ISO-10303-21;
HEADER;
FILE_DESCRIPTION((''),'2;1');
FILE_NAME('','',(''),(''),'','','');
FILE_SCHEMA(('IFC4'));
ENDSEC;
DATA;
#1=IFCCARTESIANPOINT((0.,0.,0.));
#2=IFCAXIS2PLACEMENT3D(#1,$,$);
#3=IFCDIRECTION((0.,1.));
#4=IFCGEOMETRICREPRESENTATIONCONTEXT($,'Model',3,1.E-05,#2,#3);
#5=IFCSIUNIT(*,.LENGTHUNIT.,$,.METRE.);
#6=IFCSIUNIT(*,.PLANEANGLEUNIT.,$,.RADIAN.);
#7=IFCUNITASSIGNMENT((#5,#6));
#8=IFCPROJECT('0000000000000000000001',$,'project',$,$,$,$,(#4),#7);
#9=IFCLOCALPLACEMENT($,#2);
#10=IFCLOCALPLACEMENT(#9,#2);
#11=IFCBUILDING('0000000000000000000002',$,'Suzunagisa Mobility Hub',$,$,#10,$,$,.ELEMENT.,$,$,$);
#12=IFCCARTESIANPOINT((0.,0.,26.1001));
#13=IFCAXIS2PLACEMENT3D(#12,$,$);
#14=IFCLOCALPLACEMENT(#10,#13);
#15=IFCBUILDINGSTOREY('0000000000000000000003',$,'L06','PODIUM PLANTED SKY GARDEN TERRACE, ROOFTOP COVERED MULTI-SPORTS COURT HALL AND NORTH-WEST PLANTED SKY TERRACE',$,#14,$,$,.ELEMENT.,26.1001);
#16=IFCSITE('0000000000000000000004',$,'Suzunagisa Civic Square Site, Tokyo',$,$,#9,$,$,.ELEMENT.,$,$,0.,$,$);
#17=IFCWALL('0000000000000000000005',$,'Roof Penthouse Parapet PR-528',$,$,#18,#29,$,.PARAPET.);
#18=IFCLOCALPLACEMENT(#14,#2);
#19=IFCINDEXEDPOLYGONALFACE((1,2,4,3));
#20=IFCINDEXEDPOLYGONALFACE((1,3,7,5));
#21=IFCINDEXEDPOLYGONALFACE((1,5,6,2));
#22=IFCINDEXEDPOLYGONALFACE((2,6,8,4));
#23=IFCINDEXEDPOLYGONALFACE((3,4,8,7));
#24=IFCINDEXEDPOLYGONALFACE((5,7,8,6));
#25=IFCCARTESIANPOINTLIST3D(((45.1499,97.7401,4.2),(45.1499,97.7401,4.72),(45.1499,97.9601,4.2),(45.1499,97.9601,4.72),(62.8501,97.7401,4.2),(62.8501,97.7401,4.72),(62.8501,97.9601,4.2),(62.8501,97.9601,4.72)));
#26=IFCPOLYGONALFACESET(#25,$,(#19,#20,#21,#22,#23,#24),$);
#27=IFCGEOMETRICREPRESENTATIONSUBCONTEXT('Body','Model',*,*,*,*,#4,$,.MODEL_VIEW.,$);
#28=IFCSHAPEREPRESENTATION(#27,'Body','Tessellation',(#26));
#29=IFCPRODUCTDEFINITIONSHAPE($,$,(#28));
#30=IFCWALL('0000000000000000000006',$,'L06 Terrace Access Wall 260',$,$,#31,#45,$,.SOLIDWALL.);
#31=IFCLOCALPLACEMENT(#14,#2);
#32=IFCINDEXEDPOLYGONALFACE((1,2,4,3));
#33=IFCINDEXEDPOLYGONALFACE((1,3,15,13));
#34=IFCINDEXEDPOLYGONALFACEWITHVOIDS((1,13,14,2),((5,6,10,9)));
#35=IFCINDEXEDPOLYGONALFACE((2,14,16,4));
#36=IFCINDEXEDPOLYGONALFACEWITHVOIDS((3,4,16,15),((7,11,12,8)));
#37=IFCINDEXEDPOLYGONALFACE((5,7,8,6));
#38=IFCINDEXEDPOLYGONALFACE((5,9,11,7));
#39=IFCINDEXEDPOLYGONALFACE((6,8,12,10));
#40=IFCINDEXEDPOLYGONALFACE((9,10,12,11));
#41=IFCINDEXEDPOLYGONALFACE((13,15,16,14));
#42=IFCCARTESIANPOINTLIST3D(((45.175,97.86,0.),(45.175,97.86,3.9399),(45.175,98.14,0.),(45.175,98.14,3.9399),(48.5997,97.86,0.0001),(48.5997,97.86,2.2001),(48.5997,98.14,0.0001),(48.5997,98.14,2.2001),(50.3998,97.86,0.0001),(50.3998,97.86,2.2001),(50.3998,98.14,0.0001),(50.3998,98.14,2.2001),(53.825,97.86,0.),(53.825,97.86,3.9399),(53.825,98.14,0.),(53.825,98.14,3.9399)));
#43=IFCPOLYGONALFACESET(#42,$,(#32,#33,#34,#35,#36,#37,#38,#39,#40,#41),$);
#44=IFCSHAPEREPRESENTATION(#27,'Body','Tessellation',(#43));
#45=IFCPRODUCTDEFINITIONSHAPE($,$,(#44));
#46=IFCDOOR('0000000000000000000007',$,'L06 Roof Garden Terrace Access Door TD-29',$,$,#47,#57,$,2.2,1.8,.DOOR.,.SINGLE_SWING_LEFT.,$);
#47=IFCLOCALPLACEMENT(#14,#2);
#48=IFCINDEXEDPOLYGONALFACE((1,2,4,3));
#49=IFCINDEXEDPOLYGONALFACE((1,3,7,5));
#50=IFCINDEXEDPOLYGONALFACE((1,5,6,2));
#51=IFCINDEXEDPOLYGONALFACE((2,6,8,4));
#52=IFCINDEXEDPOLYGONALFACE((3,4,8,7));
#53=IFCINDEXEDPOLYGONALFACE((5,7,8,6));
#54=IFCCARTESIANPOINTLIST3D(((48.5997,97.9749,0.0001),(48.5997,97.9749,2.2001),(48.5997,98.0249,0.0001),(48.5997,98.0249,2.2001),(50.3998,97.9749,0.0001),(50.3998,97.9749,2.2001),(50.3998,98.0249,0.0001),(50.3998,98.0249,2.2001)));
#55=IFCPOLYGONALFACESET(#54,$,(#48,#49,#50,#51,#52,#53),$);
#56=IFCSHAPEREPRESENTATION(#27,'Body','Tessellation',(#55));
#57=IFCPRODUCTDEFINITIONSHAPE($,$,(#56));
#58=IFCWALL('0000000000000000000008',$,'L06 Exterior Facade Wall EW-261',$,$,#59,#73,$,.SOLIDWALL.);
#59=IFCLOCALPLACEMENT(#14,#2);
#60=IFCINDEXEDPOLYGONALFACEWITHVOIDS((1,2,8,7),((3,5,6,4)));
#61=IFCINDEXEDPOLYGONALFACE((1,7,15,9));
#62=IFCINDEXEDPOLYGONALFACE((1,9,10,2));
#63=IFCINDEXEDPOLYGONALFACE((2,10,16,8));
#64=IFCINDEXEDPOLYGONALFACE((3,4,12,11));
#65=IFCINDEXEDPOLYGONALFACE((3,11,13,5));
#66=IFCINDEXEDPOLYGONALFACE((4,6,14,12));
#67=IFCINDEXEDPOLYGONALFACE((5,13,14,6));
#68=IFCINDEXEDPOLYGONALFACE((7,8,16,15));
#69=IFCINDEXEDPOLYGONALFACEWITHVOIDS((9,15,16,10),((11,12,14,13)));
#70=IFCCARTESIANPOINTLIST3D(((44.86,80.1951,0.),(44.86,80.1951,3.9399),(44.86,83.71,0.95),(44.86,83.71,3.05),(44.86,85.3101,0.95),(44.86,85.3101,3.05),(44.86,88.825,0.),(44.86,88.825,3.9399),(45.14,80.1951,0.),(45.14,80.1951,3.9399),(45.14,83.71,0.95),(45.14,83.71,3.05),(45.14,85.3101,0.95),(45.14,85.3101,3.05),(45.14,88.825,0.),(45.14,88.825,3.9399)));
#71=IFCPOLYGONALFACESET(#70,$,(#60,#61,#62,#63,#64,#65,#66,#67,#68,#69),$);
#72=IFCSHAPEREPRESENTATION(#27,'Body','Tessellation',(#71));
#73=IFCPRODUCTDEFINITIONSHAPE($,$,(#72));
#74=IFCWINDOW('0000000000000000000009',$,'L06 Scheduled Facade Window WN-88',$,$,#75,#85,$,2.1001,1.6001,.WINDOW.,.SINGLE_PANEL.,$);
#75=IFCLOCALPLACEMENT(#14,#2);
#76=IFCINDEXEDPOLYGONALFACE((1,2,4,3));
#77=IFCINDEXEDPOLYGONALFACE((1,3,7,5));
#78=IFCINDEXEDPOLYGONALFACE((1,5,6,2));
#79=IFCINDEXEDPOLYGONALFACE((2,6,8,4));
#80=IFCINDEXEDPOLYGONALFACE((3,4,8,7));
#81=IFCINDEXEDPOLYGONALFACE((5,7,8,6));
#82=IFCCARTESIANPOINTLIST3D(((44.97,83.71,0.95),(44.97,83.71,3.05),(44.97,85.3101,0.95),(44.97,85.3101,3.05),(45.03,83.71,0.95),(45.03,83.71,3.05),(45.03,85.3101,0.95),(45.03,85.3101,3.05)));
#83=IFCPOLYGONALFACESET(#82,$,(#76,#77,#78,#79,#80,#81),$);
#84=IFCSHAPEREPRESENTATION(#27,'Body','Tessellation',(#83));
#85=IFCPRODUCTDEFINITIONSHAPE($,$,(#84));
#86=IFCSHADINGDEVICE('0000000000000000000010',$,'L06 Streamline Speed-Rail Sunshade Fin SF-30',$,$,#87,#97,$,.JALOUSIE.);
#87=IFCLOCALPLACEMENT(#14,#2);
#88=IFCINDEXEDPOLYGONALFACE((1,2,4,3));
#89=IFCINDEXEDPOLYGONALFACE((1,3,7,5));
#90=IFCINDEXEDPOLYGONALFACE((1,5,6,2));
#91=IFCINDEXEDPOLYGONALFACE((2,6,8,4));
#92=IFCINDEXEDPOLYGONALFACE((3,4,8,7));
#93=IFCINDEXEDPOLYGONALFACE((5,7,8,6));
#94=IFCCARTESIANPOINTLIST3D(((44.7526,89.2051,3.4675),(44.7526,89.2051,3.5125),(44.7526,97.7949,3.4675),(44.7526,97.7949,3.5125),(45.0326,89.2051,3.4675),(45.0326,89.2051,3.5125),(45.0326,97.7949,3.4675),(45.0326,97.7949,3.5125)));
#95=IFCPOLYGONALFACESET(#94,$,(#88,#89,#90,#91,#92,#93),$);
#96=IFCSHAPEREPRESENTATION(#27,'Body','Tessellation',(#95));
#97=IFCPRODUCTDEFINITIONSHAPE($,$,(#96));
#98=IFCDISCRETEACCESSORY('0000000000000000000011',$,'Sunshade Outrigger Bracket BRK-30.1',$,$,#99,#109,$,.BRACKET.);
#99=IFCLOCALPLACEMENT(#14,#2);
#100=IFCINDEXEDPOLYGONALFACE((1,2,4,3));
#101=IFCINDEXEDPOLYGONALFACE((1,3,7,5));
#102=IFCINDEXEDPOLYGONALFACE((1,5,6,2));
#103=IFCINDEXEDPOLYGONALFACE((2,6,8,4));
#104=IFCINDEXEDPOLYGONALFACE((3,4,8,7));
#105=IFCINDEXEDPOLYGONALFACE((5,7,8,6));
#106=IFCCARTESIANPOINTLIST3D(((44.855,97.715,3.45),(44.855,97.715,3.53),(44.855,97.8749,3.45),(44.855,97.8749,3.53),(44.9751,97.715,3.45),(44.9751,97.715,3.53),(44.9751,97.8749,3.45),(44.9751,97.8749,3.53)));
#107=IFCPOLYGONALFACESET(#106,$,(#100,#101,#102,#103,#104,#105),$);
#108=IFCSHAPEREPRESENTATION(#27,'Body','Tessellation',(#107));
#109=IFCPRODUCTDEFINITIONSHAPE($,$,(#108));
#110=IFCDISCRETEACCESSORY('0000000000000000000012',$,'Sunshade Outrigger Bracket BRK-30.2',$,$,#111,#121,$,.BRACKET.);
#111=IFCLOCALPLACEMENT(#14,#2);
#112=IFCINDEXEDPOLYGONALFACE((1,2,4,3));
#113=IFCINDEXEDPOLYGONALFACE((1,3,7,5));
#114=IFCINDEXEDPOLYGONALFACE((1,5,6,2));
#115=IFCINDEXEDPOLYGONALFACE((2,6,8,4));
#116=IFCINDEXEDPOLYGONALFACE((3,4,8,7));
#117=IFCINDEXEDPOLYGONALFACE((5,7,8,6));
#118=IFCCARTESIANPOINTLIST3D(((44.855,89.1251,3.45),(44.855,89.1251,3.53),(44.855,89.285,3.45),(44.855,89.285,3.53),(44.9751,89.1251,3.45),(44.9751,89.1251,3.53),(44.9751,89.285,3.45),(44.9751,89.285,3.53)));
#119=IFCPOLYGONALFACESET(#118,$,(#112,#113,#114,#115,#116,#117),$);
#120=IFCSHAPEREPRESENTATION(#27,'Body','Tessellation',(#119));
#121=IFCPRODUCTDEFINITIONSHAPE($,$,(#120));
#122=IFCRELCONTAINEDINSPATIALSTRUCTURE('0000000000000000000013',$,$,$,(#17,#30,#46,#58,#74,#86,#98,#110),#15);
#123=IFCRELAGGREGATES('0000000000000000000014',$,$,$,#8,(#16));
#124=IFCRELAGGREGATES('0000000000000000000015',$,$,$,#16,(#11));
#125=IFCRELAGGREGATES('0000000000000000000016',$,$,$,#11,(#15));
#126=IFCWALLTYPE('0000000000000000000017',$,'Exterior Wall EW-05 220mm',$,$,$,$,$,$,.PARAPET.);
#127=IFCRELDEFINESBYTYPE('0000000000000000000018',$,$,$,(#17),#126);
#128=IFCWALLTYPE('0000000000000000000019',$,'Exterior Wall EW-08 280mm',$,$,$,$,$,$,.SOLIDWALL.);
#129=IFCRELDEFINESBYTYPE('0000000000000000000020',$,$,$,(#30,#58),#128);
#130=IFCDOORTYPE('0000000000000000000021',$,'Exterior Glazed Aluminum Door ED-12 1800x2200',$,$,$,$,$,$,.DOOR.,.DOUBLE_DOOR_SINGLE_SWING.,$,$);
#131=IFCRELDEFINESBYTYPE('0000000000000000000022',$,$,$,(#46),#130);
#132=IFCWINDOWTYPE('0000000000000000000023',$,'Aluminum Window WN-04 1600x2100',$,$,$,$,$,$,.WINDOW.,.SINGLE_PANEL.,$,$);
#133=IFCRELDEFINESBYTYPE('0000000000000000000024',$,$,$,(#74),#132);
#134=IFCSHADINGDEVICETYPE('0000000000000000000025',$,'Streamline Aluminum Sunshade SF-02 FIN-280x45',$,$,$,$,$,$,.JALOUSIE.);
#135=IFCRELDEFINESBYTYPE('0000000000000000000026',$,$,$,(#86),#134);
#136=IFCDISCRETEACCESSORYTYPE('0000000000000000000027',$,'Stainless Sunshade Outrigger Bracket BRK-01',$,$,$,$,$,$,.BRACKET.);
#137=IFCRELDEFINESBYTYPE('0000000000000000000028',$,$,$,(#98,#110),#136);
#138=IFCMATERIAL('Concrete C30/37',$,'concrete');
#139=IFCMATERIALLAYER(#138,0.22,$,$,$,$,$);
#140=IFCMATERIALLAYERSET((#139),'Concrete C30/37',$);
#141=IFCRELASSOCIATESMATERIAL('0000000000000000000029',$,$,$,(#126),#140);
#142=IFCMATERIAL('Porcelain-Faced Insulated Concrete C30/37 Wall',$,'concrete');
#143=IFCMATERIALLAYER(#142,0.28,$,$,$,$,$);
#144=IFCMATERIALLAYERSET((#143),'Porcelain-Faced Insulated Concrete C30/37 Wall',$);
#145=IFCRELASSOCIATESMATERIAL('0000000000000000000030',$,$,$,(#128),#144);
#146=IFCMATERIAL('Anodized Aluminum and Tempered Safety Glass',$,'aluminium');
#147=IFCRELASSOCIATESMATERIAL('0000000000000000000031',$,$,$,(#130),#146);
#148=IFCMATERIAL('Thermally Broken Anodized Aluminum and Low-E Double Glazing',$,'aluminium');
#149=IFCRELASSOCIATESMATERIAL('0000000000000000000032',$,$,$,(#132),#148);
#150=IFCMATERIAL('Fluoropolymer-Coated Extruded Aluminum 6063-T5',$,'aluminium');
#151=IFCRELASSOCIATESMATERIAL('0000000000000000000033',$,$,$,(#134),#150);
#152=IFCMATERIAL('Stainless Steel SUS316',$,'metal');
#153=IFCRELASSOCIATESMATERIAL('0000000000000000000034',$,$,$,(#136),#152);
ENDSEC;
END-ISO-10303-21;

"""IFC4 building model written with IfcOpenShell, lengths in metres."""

from ifc_helpers import new_model, si_unit, direction, frame, frame_2d, origin, origin_2d, place, context, subcontext, project, spatial, rectangle, extrude, material, layer, layer_set, material_profile, profile_set, type_object, element, fill, save


model = new_model("IFC4")

# Units and contexts
model_context = context("Model", 3, precision=1e-05, world=origin(), true_north=direction((0.0, 1.0)))
body_context = subcontext(model_context, "Body", "Model", "MODEL_VIEW")
ifc_project = project(units=[si_unit("LENGTHUNIT", "METRE"), si_unit("PLANEANGLEUNIT", "RADIAN")], contexts=[model_context])

# Site, building, storey
site_placement = place(None, origin())
site = spatial("IfcSite", under=ifc_project, at=site_placement, Name="Suzunagisa Civic Square Site, Tokyo", CompositionType="ELEMENT", RefElevation=0.0)
building_placement = place(site_placement, origin())
building = spatial("IfcBuilding", under=site, at=building_placement, Name="Suzunagisa Mobility Hub", CompositionType="ELEMENT")
storey_placement = place(building_placement, frame((0.0, 0.0, 26.1001)))
storey = spatial("IfcBuildingStorey", under=building, at=storey_placement, Name="L06", Description="PODIUM PLANTED SKY GARDEN TERRACE, ROOFTOP COVERED MULTI-SPORTS COURT HALL AND NORTH-WEST PLANTED SKY TERRACE", CompositionType="ELEMENT", Elevation=26.1001)

# Wall
ifc_material_1 = material(Name="Concrete C30/37", Category="concrete")
ifc_layer_1 = layer(ifc_material_1, 0.22)
ifc_layer_set_1 = layer_set([ifc_layer_1], Name="Concrete C30/37")
wall_type_1 = type_object("IfcWallType", Name="Exterior Wall EW-05 220mm", PredefinedType="PARAPET", material=ifc_layer_set_1)
wall_1_placement = place(storey_placement, frame((45.1499, 97.8501, 4.2), z_axis=(0.0, 0.0, 1.0), x_axis=(1.0, 0.0, 0.0)))
element("IfcWall", 1, at=wall_1_placement, inside=storey, type_object=wall_type_1, Name="Roof Penthouse Parapet PR-528", PredefinedType="PARAPET", context=body_context, shape_type="SweptSolid", body=[
    extrude(rectangle(XDim=17.7002, YDim=0.22, at=frame_2d((8.8501, 0.0))), origin(), (0.0, 0.0, 1.0), 0.52),
])

# Wall, opening, door
ifc_material_2 = material(Name="Porcelain-Faced Insulated Concrete C30/37 Wall", Category="concrete")
ifc_layer_2 = layer(ifc_material_2, 0.28)
ifc_layer_set_2 = layer_set([ifc_layer_2], Name="Porcelain-Faced Insulated Concrete C30/37 Wall")
wall_type_2 = type_object("IfcWallType", Name="Exterior Wall EW-08 280mm", PredefinedType="SOLIDWALL", material=ifc_layer_set_2)
wall_2_placement = place(storey_placement, frame((53.825, 98.0, 0.0), z_axis=(0.0, 0.0, 1.0), x_axis=(-1.0, 0.0, 0.0)))
wall_2 = element("IfcWall", 2, at=wall_2_placement, inside=storey, type_object=wall_type_2, Name="L06 Terrace Access Wall 260", PredefinedType="SOLIDWALL", context=body_context, shape_type="SweptSolid", body=[
    extrude(rectangle(XDim=8.6499, YDim=0.28, at=frame_2d((4.325, 0.0))), origin(), (0.0, 0.0, 1.0), 3.9399),
])
opening_1_placement = place(wall_2_placement, frame((5.2251, 0.0, 0.0), z_axis=(0.0, 0.0, 1.0), x_axis=(-1.0, 0.0, 0.0)))
opening_1 = element("IfcOpeningElement", 3, at=opening_1_placement, cuts=wall_2, PredefinedType="OPENING", context=body_context, shape_type="SweptSolid", body=[
    extrude(rectangle(XDim=1.8, YDim=2.2, at=frame_2d((0.8999, 1.1001))), frame((0.0, 0.1509, 0.0), z_axis=(0.0, -1.0, 0.0), x_axis=(1.0, 0.0, 0.0)), (0.0, 0.0, 1.0), 0.302),
])
ifc_material_3 = material(Name="Anodized Aluminum and Tempered Safety Glass", Category="aluminium")
door_type = type_object("IfcDoorType", Name="Exterior Glazed Aluminum Door ED-12 1800x2200", OperationType="DOUBLE_DOOR_SINGLE_SWING", PredefinedType="DOOR", material=ifc_material_3)
door_placement = place(opening_1_placement, origin())
door = element("IfcDoor", 4, at=door_placement, inside=storey, type_object=door_type, Name="L06 Roof Garden Terrace Access Door TD-29", OperationType="SINGLE_SWING_LEFT", OverallHeight=2.2, OverallWidth=1.8, PredefinedType="DOOR", context=body_context, shape_type="SweptSolid", body=[
    extrude(rectangle(XDim=1.8, YDim=2.2, at=frame_2d((0.8999, 1.1001))), frame((0.0, 0.0249, 0.0), z_axis=(0.0, -1.0, 0.0), x_axis=(1.0, 0.0, 0.0)), (0.0, 0.0, 1.0), 0.05),
])
fill(opening_1, door)

# Wall, opening, window
wall_3_placement = place(storey_placement, frame((45.0, 88.825, 0.0), z_axis=(0.0, 0.0, 1.0), x_axis=(0.0, -1.0, 0.0)))
wall_3 = element("IfcWall", 5, at=wall_3_placement, inside=storey, type_object=wall_type_2, Name="L06 Exterior Facade Wall EW-261", PredefinedType="SOLIDWALL", context=body_context, shape_type="SweptSolid", body=[
    extrude(rectangle(XDim=8.6299, YDim=0.28, at=frame_2d((4.3149, 0.0))), origin(), (0.0, 0.0, 1.0), 3.9399),
])
opening_2_placement = place(wall_3_placement, frame((3.5149, 0.0, 0.95)))
opening_2 = element("IfcOpeningElement", 6, at=opening_2_placement, cuts=wall_3, PredefinedType="OPENING", context=body_context, shape_type="SweptSolid", body=[
    extrude(rectangle(XDim=1.6001, YDim=2.1001, at=frame_2d((0.8, 1.05))), frame((0.0, 0.1509, 0.0), z_axis=(0.0, -1.0, 0.0), x_axis=(1.0, 0.0, 0.0)), (0.0, 0.0, 1.0), 0.302),
])
ifc_material_4 = material(Name="Thermally Broken Anodized Aluminum and Low-E Double Glazing", Category="aluminium")
window_type = type_object("IfcWindowType", Name="Aluminum Window WN-04 1600x2100", PartitioningType="SINGLE_PANEL", PredefinedType="WINDOW", material=ifc_material_4)
window_placement = place(opening_2_placement, origin())
window = element("IfcWindow", 7, at=window_placement, inside=storey, type_object=window_type, Name="L06 Scheduled Facade Window WN-88", OverallHeight=2.1001, OverallWidth=1.6001, PartitioningType="SINGLE_PANEL", PredefinedType="WINDOW", context=body_context, shape_type="SweptSolid", body=[
    extrude(rectangle(XDim=1.6001, YDim=2.1001, at=frame_2d((0.8, 1.05))), frame((0.0, 0.03, 0.0), z_axis=(0.0, -1.0, 0.0), x_axis=(1.0, 0.0, 0.0)), (0.0, 0.0, 1.0), 0.0601),
])
fill(opening_2, window)

# Shading device
ifc_material_5 = material(Name="Fluoropolymer-Coated Extruded Aluminum 6063-T5", Category="aluminium")
ifc_material_profile_1 = material_profile(ifc_material_5, rectangle(XDim=0.28, YDim=0.0449, at=origin_2d()), Name="FIN-280x45")
ifc_profile_set_1 = profile_set([ifc_material_profile_1], Name="Fluoropolymer-Coated Extruded Aluminum 6063-T5")
shading_device_type = type_object("IfcShadingDeviceType", Name="Streamline Aluminum Sunshade SF-02 FIN-280x45", PredefinedType="JALOUSIE", material=ifc_profile_set_1)
shading_device_placement = place(storey_placement, frame((44.8926, 97.7949, 3.49), z_axis=(0.0, -1.0, 0.0), x_axis=(1.0, 0.0, 0.0)))
element("IfcShadingDevice", 8, at=shading_device_placement, inside=storey, type_object=shading_device_type, Name="L06 Streamline Speed-Rail Sunshade Fin SF-30", PredefinedType="JALOUSIE", context=body_context, shape_type="SweptSolid", body=[
    extrude(rectangle(XDim=0.28, YDim=0.0449, at=origin_2d()), origin(), (0.0, 0.0, 1.0), 8.5898),
])

# Discrete accessories
ifc_material_6 = material(Name="Stainless Steel SUS316", Category="metal")
discrete_accessory_type = type_object("IfcDiscreteAccessoryType", Name="Stainless Sunshade Outrigger Bracket BRK-01", PredefinedType="BRACKET", material=ifc_material_6)
for number, where, z_axis, x_axis, name in (
    (9, (44.915, 97.7949, 3.45), (0.0, 0.0, 1.0), (0.0, -1.0, 0.0), "Sunshade Outrigger Bracket BRK-30.1"),
    (10, (44.915, 89.2051, 3.45), (0.0, 0.0, 1.0), (0.0, -1.0, 0.0), "Sunshade Outrigger Bracket BRK-30.2"),
):
    element("IfcDiscreteAccessory", number, at=place(storey_placement, frame(where, z_axis=z_axis, x_axis=x_axis)), inside=storey, type_object=discrete_accessory_type, Name=name, PredefinedType="BRACKET", context=body_context, shape_type="SweptSolid", body=[
        extrude(rectangle(XDim=0.1599, YDim=0.1201, at=origin_2d()), origin(), (0.0, 0.0, 1.0), 0.0801),
    ])

save(model, "model.ifc")
